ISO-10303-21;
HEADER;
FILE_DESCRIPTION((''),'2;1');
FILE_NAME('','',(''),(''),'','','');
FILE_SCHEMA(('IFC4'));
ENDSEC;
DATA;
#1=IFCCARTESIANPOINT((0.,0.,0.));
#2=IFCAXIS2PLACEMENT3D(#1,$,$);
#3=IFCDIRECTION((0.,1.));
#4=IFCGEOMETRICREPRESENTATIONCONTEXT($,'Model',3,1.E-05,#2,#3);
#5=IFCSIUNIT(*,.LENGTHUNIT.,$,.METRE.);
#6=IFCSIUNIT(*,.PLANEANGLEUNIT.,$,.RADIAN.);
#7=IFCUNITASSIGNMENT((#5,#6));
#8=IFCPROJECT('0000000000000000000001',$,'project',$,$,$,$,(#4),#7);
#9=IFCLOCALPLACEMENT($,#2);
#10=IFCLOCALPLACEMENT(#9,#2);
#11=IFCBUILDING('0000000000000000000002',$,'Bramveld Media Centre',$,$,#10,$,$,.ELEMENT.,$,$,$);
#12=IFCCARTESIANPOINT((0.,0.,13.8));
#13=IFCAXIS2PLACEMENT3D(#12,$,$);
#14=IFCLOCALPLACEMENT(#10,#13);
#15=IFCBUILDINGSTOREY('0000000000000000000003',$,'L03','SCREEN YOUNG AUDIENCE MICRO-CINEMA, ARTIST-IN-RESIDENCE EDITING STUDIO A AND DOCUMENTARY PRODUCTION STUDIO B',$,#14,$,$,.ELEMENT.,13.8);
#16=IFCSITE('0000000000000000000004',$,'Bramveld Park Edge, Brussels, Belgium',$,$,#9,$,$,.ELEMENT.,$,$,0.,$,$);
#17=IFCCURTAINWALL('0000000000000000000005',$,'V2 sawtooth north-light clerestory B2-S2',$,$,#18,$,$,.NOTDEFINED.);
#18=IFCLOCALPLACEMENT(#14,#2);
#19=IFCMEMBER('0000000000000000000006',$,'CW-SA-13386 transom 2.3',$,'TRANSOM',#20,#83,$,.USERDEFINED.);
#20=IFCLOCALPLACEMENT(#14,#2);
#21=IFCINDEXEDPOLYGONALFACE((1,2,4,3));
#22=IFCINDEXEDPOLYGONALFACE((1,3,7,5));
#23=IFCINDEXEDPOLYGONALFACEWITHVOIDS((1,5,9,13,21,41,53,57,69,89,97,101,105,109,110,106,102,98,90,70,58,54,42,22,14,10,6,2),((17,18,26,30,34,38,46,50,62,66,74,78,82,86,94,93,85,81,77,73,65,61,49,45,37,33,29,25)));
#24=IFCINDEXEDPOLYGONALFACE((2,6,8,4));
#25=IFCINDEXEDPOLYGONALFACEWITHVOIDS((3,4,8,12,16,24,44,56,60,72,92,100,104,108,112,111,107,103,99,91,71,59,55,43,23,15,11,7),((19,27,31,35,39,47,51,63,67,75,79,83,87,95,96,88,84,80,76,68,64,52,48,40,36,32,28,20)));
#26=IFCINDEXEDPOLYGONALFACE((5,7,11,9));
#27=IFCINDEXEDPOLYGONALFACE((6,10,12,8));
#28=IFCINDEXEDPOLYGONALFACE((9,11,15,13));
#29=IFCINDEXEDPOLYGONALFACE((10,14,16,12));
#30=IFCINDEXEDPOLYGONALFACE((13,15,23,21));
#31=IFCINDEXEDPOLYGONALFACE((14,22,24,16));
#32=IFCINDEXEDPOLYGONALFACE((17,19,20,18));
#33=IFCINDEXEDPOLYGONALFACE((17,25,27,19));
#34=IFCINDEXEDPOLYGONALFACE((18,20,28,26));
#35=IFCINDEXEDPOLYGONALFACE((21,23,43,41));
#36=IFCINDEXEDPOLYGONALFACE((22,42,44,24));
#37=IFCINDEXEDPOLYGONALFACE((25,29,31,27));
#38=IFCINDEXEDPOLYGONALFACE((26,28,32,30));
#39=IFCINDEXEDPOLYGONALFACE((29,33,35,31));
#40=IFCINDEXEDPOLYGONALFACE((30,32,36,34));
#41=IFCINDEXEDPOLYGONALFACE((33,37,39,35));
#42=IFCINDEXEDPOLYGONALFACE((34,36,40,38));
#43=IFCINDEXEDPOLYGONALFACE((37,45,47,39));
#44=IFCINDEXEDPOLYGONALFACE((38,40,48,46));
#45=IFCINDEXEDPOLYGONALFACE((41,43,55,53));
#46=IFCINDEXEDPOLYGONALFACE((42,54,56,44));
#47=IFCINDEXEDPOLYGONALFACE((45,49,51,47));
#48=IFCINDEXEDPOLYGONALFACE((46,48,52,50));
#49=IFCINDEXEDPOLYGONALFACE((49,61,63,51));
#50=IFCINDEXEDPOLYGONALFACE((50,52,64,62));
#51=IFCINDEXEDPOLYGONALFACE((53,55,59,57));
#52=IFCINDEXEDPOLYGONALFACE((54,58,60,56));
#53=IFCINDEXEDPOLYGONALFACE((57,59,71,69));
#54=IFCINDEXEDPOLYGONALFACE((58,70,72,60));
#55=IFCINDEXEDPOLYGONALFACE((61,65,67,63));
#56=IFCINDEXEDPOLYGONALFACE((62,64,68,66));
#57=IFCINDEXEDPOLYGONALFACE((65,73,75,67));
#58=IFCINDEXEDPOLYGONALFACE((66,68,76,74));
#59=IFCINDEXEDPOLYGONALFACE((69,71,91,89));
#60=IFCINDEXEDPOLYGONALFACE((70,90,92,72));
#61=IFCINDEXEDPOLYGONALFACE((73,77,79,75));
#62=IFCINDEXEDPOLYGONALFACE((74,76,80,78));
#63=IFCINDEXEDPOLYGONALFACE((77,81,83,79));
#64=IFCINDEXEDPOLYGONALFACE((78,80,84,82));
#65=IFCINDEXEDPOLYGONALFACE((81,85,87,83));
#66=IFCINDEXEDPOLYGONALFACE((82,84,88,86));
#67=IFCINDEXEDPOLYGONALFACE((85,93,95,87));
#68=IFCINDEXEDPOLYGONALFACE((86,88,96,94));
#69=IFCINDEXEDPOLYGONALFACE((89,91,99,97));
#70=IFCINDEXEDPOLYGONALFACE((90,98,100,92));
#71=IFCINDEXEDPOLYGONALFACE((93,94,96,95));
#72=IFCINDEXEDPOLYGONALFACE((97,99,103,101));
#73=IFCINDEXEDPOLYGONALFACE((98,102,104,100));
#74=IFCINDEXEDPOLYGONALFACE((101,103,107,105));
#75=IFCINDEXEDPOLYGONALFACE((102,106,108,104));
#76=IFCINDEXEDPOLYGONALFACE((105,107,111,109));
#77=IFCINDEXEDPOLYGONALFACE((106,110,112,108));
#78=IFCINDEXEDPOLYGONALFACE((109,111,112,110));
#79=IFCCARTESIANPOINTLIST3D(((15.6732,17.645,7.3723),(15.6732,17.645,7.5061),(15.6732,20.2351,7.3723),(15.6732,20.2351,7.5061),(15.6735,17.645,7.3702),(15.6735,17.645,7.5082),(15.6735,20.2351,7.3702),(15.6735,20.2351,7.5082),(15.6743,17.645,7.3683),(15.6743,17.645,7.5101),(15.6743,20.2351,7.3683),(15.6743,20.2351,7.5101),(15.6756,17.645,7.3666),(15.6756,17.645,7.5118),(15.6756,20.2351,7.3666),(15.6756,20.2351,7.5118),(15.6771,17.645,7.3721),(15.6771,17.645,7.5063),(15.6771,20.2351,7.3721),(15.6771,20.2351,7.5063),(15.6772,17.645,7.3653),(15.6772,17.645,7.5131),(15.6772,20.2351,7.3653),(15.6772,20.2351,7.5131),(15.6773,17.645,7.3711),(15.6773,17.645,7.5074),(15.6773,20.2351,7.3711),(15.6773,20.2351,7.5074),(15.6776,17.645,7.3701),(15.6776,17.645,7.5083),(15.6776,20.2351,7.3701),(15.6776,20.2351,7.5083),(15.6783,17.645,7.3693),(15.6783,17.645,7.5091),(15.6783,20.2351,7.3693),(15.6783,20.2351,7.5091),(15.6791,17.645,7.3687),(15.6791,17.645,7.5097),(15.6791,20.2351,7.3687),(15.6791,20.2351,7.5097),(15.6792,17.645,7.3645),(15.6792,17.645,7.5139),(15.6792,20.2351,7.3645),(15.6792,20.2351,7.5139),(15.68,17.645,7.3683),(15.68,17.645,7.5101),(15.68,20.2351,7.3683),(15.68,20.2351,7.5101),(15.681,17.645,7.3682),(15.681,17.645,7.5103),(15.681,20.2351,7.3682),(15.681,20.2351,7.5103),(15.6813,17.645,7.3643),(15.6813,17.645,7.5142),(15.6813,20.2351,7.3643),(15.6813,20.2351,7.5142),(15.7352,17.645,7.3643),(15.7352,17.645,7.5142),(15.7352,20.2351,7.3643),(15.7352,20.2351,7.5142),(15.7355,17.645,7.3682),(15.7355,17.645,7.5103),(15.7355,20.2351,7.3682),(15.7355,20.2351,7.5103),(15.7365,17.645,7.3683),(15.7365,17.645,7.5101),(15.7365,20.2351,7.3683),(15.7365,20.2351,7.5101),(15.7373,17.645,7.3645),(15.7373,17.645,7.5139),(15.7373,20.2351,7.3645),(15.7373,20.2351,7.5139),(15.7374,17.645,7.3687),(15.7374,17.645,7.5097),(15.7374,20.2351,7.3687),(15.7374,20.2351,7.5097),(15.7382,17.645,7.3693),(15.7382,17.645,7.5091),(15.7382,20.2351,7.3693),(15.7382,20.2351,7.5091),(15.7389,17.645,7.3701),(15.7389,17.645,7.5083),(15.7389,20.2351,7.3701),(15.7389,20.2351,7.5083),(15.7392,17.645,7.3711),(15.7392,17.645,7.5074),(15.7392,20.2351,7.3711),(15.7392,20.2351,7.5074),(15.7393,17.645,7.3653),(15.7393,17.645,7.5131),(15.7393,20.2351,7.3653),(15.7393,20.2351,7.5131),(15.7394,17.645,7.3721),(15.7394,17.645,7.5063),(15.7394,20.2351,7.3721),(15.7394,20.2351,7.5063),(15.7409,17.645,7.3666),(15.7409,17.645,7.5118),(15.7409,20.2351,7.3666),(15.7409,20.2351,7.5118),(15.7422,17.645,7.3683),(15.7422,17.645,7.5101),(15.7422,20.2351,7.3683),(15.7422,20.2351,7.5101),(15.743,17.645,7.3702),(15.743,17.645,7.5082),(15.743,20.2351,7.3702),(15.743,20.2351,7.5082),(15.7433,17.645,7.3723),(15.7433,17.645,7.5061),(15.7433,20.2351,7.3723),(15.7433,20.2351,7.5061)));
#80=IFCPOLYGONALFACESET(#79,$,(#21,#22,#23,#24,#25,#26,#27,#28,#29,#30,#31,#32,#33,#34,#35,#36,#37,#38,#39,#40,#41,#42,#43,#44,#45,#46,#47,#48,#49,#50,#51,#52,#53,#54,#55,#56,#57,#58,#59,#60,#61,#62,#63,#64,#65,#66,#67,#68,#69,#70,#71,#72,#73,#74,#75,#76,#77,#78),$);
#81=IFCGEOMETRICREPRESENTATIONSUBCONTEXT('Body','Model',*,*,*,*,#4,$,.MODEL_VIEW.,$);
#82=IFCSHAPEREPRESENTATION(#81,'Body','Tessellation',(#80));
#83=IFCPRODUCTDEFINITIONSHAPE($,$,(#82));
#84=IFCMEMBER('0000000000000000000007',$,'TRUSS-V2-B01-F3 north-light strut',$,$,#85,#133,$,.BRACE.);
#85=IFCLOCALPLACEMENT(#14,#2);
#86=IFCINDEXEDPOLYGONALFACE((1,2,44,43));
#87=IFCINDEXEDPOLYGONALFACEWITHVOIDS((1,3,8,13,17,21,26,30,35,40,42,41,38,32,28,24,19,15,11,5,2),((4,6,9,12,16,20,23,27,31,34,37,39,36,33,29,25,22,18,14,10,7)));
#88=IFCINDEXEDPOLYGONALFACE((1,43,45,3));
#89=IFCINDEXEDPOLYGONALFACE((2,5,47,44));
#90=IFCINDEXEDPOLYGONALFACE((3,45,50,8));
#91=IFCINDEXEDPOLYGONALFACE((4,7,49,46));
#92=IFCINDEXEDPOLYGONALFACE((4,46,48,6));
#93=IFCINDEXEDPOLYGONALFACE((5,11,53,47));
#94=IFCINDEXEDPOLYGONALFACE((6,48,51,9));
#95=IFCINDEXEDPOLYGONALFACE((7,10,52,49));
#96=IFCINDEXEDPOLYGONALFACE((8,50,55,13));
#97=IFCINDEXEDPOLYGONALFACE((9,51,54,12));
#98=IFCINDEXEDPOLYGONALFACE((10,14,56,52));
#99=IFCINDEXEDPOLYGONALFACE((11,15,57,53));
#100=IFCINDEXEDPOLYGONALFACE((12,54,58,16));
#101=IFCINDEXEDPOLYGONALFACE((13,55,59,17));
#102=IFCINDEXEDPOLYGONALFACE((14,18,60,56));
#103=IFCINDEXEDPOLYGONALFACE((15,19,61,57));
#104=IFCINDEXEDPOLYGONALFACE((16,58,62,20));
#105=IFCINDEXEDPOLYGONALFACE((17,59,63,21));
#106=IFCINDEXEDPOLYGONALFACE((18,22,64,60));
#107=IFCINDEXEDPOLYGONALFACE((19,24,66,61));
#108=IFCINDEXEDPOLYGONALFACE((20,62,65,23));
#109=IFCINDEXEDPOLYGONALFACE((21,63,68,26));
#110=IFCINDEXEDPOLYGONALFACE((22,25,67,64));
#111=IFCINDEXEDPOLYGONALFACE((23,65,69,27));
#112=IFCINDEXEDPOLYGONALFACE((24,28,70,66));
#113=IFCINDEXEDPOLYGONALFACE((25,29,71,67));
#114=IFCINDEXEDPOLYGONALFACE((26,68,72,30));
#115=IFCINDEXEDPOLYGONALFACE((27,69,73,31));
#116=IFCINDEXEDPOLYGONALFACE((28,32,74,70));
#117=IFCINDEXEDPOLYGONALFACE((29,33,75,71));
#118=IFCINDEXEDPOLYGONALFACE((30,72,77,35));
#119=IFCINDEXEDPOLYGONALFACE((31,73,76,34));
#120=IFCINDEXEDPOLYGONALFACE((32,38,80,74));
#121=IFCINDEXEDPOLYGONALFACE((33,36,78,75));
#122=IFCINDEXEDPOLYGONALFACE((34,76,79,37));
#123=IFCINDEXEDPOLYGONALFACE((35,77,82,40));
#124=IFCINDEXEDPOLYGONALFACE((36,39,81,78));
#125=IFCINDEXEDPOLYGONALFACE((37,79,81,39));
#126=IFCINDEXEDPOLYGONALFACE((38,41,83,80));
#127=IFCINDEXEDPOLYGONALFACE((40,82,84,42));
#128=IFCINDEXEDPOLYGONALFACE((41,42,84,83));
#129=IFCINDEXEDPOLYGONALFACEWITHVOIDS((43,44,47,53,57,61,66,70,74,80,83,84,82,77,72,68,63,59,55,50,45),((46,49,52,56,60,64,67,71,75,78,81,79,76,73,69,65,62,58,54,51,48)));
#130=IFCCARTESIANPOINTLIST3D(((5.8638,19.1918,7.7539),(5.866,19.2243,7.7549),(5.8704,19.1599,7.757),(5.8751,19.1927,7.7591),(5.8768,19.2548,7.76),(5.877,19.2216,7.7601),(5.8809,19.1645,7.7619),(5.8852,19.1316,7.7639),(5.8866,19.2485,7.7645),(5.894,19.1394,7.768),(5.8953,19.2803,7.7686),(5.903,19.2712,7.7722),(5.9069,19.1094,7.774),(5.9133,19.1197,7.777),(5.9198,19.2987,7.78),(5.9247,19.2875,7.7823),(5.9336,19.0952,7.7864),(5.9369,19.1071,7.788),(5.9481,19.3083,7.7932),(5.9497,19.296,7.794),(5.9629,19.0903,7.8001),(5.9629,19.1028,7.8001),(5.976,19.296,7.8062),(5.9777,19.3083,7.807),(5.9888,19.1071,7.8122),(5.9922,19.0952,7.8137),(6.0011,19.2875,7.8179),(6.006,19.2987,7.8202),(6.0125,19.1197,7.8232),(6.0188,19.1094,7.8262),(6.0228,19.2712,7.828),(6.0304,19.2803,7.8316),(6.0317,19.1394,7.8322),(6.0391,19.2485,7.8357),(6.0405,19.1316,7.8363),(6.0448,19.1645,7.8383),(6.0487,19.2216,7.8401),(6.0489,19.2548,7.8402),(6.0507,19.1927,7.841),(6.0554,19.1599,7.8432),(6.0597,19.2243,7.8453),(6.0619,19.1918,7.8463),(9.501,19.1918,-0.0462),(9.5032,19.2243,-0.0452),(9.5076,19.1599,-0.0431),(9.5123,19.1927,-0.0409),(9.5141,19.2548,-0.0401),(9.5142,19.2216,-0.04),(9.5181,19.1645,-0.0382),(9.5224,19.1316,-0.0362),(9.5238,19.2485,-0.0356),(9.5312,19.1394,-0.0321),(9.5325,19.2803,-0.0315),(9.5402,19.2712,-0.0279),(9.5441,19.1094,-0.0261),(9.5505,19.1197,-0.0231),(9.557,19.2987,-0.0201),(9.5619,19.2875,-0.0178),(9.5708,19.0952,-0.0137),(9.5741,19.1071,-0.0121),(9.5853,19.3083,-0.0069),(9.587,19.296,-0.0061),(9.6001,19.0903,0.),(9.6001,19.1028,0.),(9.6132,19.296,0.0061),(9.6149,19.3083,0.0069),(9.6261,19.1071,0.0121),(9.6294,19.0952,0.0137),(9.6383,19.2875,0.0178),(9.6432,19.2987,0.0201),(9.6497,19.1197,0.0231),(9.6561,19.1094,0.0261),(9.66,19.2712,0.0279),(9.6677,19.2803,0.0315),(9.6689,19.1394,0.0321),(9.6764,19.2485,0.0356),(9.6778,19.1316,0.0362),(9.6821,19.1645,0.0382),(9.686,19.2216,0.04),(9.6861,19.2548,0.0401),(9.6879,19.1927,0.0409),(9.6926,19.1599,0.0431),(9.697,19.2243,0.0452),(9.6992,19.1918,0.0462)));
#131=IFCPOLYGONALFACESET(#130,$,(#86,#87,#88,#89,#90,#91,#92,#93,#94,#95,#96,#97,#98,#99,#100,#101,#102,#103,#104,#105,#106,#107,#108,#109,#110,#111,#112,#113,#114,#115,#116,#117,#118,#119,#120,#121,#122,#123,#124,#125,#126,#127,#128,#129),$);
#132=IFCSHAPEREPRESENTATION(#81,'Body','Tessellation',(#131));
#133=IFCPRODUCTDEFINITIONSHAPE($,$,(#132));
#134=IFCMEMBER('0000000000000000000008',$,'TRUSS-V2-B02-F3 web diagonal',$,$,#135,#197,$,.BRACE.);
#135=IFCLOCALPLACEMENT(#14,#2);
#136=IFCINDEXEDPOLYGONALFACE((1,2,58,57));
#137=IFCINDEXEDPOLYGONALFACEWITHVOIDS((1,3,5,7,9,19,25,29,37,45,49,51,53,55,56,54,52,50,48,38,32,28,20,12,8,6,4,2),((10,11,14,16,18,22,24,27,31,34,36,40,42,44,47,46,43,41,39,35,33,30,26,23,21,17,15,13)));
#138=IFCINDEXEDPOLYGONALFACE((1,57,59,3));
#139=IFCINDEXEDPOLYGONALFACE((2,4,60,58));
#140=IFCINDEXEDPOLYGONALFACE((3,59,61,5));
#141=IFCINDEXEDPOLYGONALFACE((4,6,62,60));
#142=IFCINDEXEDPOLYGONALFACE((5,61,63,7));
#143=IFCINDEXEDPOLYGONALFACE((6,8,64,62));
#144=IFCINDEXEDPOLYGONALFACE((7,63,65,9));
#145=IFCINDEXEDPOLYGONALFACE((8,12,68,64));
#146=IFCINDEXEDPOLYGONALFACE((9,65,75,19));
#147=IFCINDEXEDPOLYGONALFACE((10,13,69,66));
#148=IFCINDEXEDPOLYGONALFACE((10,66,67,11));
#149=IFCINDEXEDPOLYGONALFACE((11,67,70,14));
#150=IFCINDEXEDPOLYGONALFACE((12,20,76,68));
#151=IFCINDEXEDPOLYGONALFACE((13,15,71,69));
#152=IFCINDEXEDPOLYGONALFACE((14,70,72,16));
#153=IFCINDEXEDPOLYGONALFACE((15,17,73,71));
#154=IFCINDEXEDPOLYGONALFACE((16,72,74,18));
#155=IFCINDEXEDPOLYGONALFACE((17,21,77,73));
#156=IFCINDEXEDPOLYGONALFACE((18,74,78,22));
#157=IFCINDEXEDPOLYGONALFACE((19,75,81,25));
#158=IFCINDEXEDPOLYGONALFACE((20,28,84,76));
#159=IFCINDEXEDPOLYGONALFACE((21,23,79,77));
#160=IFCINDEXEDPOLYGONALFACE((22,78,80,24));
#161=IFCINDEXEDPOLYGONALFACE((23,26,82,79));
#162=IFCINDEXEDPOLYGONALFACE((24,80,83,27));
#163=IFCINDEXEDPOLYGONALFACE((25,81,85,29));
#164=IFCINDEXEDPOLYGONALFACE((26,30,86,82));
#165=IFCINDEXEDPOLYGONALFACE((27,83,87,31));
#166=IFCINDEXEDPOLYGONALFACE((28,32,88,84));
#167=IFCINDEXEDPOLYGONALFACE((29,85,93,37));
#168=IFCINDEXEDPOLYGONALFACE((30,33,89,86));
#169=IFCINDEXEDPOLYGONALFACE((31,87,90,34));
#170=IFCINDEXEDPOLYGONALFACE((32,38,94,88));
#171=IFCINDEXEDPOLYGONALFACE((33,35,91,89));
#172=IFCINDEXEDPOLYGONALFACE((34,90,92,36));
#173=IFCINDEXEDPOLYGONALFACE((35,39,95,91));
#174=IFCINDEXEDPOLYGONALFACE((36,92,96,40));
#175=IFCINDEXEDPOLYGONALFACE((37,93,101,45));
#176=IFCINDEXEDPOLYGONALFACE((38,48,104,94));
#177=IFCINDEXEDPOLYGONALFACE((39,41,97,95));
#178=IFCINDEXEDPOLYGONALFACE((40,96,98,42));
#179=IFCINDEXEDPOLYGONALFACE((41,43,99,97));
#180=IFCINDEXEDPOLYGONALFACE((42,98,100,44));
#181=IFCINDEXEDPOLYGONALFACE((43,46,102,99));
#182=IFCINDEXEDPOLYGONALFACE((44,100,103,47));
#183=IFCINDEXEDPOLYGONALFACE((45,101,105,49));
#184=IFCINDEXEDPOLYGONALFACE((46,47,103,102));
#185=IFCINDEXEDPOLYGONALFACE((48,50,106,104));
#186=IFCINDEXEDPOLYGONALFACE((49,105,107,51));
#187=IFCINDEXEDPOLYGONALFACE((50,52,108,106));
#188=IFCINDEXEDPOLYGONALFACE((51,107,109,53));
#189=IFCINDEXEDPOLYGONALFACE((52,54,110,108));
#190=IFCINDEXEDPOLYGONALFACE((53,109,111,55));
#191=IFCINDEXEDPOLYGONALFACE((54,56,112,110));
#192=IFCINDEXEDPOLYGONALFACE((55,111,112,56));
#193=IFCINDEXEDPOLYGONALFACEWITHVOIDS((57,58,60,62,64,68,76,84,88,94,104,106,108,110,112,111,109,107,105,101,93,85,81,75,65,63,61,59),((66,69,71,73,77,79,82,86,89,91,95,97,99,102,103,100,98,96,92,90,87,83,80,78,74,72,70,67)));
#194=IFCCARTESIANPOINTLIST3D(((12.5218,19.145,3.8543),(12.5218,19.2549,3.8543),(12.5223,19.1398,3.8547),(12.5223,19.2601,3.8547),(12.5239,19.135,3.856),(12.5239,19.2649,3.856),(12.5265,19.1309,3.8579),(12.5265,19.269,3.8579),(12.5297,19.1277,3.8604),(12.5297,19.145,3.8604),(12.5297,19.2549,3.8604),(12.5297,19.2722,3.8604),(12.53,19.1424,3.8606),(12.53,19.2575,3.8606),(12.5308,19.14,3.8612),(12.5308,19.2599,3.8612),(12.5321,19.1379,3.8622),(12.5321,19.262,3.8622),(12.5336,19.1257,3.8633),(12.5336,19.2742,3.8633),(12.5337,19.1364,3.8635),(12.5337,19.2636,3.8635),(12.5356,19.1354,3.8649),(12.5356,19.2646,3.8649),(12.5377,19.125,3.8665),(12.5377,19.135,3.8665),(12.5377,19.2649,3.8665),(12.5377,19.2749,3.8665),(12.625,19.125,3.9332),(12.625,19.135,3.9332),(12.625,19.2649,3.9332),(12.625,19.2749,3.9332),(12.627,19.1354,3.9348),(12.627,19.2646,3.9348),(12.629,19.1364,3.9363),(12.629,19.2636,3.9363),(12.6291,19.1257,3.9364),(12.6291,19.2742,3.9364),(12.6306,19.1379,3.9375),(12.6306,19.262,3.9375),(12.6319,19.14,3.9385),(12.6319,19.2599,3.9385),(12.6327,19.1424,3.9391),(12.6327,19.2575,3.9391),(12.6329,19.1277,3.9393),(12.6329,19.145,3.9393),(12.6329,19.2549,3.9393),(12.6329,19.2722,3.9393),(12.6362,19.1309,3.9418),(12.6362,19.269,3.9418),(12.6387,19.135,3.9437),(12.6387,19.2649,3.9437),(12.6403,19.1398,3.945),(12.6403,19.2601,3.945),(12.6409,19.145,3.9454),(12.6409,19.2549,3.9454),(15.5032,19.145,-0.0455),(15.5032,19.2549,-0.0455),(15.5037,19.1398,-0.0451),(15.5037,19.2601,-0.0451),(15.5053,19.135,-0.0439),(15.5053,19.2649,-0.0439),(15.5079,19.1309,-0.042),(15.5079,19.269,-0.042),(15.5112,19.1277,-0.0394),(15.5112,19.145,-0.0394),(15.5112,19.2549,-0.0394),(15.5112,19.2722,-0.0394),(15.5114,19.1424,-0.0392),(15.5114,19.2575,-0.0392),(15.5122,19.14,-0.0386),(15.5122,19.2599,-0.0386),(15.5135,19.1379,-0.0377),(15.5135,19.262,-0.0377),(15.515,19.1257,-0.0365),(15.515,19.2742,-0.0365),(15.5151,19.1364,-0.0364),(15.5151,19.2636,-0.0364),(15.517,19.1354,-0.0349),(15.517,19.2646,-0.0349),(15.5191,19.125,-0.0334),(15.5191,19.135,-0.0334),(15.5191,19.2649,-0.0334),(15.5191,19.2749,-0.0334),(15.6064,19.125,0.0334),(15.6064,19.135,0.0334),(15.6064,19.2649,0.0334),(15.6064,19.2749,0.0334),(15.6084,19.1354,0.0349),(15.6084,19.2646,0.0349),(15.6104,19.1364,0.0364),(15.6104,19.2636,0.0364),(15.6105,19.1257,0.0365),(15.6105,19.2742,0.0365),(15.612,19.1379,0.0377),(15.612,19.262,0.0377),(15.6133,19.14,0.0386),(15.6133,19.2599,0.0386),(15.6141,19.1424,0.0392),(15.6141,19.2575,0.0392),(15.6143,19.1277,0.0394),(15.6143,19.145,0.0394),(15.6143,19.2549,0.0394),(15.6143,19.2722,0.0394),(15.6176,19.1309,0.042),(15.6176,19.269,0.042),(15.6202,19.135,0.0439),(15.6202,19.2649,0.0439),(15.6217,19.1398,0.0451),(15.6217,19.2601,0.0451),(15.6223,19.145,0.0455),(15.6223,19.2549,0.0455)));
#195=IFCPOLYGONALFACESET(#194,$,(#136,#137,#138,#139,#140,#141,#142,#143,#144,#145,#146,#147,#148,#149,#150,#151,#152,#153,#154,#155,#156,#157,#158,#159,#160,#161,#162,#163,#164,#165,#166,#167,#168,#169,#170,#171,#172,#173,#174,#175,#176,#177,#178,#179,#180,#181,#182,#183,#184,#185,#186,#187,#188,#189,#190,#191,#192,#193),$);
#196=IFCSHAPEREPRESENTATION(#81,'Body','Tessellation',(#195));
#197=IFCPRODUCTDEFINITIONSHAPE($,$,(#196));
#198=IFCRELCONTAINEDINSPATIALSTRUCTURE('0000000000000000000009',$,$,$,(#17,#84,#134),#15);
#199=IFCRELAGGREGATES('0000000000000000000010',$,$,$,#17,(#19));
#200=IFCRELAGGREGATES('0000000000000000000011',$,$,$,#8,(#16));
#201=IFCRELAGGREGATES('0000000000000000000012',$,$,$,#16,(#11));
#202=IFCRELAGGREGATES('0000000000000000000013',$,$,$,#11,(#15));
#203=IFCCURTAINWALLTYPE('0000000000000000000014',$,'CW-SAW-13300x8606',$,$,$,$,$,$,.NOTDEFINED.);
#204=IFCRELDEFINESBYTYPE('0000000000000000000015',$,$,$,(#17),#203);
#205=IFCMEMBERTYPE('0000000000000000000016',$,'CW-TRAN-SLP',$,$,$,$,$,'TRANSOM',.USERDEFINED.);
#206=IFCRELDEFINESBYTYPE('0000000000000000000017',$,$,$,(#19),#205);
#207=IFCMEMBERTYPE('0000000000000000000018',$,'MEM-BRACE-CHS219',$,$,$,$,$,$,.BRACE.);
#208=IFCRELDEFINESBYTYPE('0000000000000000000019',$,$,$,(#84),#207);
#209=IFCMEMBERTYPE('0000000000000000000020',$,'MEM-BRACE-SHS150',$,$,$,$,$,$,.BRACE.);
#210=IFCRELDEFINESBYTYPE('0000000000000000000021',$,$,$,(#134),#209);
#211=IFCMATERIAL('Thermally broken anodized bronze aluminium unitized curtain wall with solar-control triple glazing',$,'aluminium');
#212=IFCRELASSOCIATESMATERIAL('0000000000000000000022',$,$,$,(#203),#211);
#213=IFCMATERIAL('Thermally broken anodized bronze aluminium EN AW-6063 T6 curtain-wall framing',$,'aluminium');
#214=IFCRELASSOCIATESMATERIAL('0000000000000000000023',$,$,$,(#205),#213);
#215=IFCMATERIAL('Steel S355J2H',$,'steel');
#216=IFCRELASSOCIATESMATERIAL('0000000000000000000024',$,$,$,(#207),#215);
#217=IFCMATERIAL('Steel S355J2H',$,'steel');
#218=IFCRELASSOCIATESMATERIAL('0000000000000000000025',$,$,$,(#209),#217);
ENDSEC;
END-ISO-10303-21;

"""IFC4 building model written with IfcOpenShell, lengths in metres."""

from ifc_helpers import new_model, si_unit, direction, frame, origin, origin_2d, place, context, subcontext, project, spatial, hollow_rectangle, hollow_circle, extrude, material, material_profile, profile_set, type_object, element, aggregate, save


model = new_model("IFC4")

# Units and contexts
model_context = context("Model", 3, precision=1e-05, world=origin(), true_north=direction((0.0, 1.0)))
body_context = subcontext(model_context, "Body", "Model", "MODEL_VIEW")
ifc_project = project(units=[si_unit("LENGTHUNIT", "METRE"), si_unit("PLANEANGLEUNIT", "RADIAN")], contexts=[model_context])

# Site, building, storey
site_placement = place(None, origin())
site = spatial("IfcSite", under=ifc_project, at=site_placement, Name="Bramveld Park Edge, Brussels, Belgium", CompositionType="ELEMENT", RefElevation=0.0)
building_placement = place(site_placement, origin())
building = spatial("IfcBuilding", under=site, at=building_placement, Name="Bramveld Media Centre", CompositionType="ELEMENT")
storey_placement = place(building_placement, frame((0.0, 0.0, 13.8)))
storey = spatial("IfcBuildingStorey", under=building, at=storey_placement, Name="L03", Description="SCREEN YOUNG AUDIENCE MICRO-CINEMA, ARTIST-IN-RESIDENCE EDITING STUDIO A AND DOCUMENTARY PRODUCTION STUDIO B", CompositionType="ELEMENT", Elevation=13.8)

# Shared definitions
ifc_material_1 = material(Name="Thermally broken anodized bronze aluminium unitized curtain wall with solar-control triple glazing", Category="aluminium")
curtain_wall_type = type_object("IfcCurtainWallType", Name="CW-SAW-13300x8606", PredefinedType="NOTDEFINED", material=ifc_material_1)

# Shared definitions
ifc_material_2 = material(Name="Thermally broken anodized bronze aluminium EN AW-6063 T6 curtain-wall framing", Category="aluminium")
ifc_material_profile_1 = material_profile(ifc_material_2, hollow_rectangle(XDim=0.0701, YDim=0.1499, WallThickness=0.0039, InnerFilletRadius=0.0039, OuterFilletRadius=0.0081, at=origin_2d()), Name="AL-TRAN 70x150")
ifc_profile_set_1 = profile_set([ifc_material_profile_1], Name="Thermally broken anodized bronze aluminium EN AW-6063 T6 curtain-wall framing")
member_type_1 = type_object("IfcMemberType", Name="CW-TRAN-SLP", ElementType="TRANSOM", PredefinedType="USERDEFINED", material=ifc_profile_set_1)

# Curtain wall, member
curtain_wall_1_placement = place(storey_placement, origin())
curtain_wall_1 = element("IfcCurtainWall", 1, at=curtain_wall_1_placement, inside=storey, type_object=curtain_wall_type, Name="V2 sawtooth north-light clerestory B2-S2", PredefinedType="NOTDEFINED")
member_1_placement = place(storey_placement, frame((15.7083, 17.645, 7.4392), z_axis=(0.0, 1.0, 0.0), x_axis=(-1.0, 0.0, 0.0)))
member_1 = element("IfcMember", 2, at=member_1_placement, type_object=member_type_1, Name="CW-SA-13386 transom 2.3", ObjectType="TRANSOM", PredefinedType="USERDEFINED", context=body_context, shape_type="SweptSolid", body=[
    extrude(hollow_rectangle(XDim=0.0701, YDim=0.1499, WallThickness=0.0039, InnerFilletRadius=0.0039, OuterFilletRadius=0.0081, at=origin_2d()), origin(), (0.0, 0.0, 1.0), 2.5901),
])
aggregate(curtain_wall_1, [member_1])

# Members
ifc_material_3 = material(Name="Steel S355J2H", Category="steel")
ifc_material_profile_2 = material_profile(ifc_material_3, hollow_circle(Radius=0.1096, WallThickness=0.0125, at=origin_2d()), Name="CHS 219.1x12.5")
ifc_profile_set_2 = profile_set([ifc_material_profile_2], Name="Steel S355J2H")
member_type_2 = type_object("IfcMemberType", Name="MEM-BRACE-CHS219", PredefinedType="BRACE", material=ifc_profile_set_2)
member_2_placement = place(storey_placement, frame((9.6001, 19.2, 0.0), z_axis=(-0.422617, 0.0, 0.906308), x_axis=(0.0, -1.0, 0.0)))
element("IfcMember", 3, at=member_2_placement, inside=storey, type_object=member_type_2, Name="TRUSS-V2-B01-F3 north-light strut", PredefinedType="BRACE", context=body_context, shape_type="SweptSolid", body=[
    extrude(hollow_circle(Radius=0.1096, WallThickness=0.0125, at=origin_2d()), origin(), (0.0, 0.0, 1.0), 8.6064),
])
ifc_material_4 = material(Name="Steel S355J2H", Category="steel")
ifc_material_profile_3 = material_profile(ifc_material_4, hollow_rectangle(XDim=0.1499, YDim=0.1499, WallThickness=0.01, InnerFilletRadius=0.01, OuterFilletRadius=0.02, at=origin_2d()), Name="SHS 150x150x10")
ifc_profile_set_3 = profile_set([ifc_material_profile_3], Name="Steel S355J2H")
member_type_3 = type_object("IfcMemberType", Name="MEM-BRACE-SHS150", PredefinedType="BRACE", material=ifc_profile_set_3)
member_3_placement = place(storey_placement, frame((15.5627, 19.2, 0.0), z_axis=(-0.607343, 0.0, 0.79444), x_axis=(0.0, -1.0, 0.0)))
element("IfcMember", 4, at=member_3_placement, inside=storey, type_object=member_type_3, Name="TRUSS-V2-B02-F3 web diagonal", PredefinedType="BRACE", context=body_context, shape_type="SweptSolid", body=[
    extrude(hollow_rectangle(XDim=0.1499, YDim=0.1499, WallThickness=0.01, InnerFilletRadius=0.01, OuterFilletRadius=0.02, at=origin_2d()), origin(), (0.0, 0.0, 1.0), 4.9089),
])

save(model, "model.ifc")
